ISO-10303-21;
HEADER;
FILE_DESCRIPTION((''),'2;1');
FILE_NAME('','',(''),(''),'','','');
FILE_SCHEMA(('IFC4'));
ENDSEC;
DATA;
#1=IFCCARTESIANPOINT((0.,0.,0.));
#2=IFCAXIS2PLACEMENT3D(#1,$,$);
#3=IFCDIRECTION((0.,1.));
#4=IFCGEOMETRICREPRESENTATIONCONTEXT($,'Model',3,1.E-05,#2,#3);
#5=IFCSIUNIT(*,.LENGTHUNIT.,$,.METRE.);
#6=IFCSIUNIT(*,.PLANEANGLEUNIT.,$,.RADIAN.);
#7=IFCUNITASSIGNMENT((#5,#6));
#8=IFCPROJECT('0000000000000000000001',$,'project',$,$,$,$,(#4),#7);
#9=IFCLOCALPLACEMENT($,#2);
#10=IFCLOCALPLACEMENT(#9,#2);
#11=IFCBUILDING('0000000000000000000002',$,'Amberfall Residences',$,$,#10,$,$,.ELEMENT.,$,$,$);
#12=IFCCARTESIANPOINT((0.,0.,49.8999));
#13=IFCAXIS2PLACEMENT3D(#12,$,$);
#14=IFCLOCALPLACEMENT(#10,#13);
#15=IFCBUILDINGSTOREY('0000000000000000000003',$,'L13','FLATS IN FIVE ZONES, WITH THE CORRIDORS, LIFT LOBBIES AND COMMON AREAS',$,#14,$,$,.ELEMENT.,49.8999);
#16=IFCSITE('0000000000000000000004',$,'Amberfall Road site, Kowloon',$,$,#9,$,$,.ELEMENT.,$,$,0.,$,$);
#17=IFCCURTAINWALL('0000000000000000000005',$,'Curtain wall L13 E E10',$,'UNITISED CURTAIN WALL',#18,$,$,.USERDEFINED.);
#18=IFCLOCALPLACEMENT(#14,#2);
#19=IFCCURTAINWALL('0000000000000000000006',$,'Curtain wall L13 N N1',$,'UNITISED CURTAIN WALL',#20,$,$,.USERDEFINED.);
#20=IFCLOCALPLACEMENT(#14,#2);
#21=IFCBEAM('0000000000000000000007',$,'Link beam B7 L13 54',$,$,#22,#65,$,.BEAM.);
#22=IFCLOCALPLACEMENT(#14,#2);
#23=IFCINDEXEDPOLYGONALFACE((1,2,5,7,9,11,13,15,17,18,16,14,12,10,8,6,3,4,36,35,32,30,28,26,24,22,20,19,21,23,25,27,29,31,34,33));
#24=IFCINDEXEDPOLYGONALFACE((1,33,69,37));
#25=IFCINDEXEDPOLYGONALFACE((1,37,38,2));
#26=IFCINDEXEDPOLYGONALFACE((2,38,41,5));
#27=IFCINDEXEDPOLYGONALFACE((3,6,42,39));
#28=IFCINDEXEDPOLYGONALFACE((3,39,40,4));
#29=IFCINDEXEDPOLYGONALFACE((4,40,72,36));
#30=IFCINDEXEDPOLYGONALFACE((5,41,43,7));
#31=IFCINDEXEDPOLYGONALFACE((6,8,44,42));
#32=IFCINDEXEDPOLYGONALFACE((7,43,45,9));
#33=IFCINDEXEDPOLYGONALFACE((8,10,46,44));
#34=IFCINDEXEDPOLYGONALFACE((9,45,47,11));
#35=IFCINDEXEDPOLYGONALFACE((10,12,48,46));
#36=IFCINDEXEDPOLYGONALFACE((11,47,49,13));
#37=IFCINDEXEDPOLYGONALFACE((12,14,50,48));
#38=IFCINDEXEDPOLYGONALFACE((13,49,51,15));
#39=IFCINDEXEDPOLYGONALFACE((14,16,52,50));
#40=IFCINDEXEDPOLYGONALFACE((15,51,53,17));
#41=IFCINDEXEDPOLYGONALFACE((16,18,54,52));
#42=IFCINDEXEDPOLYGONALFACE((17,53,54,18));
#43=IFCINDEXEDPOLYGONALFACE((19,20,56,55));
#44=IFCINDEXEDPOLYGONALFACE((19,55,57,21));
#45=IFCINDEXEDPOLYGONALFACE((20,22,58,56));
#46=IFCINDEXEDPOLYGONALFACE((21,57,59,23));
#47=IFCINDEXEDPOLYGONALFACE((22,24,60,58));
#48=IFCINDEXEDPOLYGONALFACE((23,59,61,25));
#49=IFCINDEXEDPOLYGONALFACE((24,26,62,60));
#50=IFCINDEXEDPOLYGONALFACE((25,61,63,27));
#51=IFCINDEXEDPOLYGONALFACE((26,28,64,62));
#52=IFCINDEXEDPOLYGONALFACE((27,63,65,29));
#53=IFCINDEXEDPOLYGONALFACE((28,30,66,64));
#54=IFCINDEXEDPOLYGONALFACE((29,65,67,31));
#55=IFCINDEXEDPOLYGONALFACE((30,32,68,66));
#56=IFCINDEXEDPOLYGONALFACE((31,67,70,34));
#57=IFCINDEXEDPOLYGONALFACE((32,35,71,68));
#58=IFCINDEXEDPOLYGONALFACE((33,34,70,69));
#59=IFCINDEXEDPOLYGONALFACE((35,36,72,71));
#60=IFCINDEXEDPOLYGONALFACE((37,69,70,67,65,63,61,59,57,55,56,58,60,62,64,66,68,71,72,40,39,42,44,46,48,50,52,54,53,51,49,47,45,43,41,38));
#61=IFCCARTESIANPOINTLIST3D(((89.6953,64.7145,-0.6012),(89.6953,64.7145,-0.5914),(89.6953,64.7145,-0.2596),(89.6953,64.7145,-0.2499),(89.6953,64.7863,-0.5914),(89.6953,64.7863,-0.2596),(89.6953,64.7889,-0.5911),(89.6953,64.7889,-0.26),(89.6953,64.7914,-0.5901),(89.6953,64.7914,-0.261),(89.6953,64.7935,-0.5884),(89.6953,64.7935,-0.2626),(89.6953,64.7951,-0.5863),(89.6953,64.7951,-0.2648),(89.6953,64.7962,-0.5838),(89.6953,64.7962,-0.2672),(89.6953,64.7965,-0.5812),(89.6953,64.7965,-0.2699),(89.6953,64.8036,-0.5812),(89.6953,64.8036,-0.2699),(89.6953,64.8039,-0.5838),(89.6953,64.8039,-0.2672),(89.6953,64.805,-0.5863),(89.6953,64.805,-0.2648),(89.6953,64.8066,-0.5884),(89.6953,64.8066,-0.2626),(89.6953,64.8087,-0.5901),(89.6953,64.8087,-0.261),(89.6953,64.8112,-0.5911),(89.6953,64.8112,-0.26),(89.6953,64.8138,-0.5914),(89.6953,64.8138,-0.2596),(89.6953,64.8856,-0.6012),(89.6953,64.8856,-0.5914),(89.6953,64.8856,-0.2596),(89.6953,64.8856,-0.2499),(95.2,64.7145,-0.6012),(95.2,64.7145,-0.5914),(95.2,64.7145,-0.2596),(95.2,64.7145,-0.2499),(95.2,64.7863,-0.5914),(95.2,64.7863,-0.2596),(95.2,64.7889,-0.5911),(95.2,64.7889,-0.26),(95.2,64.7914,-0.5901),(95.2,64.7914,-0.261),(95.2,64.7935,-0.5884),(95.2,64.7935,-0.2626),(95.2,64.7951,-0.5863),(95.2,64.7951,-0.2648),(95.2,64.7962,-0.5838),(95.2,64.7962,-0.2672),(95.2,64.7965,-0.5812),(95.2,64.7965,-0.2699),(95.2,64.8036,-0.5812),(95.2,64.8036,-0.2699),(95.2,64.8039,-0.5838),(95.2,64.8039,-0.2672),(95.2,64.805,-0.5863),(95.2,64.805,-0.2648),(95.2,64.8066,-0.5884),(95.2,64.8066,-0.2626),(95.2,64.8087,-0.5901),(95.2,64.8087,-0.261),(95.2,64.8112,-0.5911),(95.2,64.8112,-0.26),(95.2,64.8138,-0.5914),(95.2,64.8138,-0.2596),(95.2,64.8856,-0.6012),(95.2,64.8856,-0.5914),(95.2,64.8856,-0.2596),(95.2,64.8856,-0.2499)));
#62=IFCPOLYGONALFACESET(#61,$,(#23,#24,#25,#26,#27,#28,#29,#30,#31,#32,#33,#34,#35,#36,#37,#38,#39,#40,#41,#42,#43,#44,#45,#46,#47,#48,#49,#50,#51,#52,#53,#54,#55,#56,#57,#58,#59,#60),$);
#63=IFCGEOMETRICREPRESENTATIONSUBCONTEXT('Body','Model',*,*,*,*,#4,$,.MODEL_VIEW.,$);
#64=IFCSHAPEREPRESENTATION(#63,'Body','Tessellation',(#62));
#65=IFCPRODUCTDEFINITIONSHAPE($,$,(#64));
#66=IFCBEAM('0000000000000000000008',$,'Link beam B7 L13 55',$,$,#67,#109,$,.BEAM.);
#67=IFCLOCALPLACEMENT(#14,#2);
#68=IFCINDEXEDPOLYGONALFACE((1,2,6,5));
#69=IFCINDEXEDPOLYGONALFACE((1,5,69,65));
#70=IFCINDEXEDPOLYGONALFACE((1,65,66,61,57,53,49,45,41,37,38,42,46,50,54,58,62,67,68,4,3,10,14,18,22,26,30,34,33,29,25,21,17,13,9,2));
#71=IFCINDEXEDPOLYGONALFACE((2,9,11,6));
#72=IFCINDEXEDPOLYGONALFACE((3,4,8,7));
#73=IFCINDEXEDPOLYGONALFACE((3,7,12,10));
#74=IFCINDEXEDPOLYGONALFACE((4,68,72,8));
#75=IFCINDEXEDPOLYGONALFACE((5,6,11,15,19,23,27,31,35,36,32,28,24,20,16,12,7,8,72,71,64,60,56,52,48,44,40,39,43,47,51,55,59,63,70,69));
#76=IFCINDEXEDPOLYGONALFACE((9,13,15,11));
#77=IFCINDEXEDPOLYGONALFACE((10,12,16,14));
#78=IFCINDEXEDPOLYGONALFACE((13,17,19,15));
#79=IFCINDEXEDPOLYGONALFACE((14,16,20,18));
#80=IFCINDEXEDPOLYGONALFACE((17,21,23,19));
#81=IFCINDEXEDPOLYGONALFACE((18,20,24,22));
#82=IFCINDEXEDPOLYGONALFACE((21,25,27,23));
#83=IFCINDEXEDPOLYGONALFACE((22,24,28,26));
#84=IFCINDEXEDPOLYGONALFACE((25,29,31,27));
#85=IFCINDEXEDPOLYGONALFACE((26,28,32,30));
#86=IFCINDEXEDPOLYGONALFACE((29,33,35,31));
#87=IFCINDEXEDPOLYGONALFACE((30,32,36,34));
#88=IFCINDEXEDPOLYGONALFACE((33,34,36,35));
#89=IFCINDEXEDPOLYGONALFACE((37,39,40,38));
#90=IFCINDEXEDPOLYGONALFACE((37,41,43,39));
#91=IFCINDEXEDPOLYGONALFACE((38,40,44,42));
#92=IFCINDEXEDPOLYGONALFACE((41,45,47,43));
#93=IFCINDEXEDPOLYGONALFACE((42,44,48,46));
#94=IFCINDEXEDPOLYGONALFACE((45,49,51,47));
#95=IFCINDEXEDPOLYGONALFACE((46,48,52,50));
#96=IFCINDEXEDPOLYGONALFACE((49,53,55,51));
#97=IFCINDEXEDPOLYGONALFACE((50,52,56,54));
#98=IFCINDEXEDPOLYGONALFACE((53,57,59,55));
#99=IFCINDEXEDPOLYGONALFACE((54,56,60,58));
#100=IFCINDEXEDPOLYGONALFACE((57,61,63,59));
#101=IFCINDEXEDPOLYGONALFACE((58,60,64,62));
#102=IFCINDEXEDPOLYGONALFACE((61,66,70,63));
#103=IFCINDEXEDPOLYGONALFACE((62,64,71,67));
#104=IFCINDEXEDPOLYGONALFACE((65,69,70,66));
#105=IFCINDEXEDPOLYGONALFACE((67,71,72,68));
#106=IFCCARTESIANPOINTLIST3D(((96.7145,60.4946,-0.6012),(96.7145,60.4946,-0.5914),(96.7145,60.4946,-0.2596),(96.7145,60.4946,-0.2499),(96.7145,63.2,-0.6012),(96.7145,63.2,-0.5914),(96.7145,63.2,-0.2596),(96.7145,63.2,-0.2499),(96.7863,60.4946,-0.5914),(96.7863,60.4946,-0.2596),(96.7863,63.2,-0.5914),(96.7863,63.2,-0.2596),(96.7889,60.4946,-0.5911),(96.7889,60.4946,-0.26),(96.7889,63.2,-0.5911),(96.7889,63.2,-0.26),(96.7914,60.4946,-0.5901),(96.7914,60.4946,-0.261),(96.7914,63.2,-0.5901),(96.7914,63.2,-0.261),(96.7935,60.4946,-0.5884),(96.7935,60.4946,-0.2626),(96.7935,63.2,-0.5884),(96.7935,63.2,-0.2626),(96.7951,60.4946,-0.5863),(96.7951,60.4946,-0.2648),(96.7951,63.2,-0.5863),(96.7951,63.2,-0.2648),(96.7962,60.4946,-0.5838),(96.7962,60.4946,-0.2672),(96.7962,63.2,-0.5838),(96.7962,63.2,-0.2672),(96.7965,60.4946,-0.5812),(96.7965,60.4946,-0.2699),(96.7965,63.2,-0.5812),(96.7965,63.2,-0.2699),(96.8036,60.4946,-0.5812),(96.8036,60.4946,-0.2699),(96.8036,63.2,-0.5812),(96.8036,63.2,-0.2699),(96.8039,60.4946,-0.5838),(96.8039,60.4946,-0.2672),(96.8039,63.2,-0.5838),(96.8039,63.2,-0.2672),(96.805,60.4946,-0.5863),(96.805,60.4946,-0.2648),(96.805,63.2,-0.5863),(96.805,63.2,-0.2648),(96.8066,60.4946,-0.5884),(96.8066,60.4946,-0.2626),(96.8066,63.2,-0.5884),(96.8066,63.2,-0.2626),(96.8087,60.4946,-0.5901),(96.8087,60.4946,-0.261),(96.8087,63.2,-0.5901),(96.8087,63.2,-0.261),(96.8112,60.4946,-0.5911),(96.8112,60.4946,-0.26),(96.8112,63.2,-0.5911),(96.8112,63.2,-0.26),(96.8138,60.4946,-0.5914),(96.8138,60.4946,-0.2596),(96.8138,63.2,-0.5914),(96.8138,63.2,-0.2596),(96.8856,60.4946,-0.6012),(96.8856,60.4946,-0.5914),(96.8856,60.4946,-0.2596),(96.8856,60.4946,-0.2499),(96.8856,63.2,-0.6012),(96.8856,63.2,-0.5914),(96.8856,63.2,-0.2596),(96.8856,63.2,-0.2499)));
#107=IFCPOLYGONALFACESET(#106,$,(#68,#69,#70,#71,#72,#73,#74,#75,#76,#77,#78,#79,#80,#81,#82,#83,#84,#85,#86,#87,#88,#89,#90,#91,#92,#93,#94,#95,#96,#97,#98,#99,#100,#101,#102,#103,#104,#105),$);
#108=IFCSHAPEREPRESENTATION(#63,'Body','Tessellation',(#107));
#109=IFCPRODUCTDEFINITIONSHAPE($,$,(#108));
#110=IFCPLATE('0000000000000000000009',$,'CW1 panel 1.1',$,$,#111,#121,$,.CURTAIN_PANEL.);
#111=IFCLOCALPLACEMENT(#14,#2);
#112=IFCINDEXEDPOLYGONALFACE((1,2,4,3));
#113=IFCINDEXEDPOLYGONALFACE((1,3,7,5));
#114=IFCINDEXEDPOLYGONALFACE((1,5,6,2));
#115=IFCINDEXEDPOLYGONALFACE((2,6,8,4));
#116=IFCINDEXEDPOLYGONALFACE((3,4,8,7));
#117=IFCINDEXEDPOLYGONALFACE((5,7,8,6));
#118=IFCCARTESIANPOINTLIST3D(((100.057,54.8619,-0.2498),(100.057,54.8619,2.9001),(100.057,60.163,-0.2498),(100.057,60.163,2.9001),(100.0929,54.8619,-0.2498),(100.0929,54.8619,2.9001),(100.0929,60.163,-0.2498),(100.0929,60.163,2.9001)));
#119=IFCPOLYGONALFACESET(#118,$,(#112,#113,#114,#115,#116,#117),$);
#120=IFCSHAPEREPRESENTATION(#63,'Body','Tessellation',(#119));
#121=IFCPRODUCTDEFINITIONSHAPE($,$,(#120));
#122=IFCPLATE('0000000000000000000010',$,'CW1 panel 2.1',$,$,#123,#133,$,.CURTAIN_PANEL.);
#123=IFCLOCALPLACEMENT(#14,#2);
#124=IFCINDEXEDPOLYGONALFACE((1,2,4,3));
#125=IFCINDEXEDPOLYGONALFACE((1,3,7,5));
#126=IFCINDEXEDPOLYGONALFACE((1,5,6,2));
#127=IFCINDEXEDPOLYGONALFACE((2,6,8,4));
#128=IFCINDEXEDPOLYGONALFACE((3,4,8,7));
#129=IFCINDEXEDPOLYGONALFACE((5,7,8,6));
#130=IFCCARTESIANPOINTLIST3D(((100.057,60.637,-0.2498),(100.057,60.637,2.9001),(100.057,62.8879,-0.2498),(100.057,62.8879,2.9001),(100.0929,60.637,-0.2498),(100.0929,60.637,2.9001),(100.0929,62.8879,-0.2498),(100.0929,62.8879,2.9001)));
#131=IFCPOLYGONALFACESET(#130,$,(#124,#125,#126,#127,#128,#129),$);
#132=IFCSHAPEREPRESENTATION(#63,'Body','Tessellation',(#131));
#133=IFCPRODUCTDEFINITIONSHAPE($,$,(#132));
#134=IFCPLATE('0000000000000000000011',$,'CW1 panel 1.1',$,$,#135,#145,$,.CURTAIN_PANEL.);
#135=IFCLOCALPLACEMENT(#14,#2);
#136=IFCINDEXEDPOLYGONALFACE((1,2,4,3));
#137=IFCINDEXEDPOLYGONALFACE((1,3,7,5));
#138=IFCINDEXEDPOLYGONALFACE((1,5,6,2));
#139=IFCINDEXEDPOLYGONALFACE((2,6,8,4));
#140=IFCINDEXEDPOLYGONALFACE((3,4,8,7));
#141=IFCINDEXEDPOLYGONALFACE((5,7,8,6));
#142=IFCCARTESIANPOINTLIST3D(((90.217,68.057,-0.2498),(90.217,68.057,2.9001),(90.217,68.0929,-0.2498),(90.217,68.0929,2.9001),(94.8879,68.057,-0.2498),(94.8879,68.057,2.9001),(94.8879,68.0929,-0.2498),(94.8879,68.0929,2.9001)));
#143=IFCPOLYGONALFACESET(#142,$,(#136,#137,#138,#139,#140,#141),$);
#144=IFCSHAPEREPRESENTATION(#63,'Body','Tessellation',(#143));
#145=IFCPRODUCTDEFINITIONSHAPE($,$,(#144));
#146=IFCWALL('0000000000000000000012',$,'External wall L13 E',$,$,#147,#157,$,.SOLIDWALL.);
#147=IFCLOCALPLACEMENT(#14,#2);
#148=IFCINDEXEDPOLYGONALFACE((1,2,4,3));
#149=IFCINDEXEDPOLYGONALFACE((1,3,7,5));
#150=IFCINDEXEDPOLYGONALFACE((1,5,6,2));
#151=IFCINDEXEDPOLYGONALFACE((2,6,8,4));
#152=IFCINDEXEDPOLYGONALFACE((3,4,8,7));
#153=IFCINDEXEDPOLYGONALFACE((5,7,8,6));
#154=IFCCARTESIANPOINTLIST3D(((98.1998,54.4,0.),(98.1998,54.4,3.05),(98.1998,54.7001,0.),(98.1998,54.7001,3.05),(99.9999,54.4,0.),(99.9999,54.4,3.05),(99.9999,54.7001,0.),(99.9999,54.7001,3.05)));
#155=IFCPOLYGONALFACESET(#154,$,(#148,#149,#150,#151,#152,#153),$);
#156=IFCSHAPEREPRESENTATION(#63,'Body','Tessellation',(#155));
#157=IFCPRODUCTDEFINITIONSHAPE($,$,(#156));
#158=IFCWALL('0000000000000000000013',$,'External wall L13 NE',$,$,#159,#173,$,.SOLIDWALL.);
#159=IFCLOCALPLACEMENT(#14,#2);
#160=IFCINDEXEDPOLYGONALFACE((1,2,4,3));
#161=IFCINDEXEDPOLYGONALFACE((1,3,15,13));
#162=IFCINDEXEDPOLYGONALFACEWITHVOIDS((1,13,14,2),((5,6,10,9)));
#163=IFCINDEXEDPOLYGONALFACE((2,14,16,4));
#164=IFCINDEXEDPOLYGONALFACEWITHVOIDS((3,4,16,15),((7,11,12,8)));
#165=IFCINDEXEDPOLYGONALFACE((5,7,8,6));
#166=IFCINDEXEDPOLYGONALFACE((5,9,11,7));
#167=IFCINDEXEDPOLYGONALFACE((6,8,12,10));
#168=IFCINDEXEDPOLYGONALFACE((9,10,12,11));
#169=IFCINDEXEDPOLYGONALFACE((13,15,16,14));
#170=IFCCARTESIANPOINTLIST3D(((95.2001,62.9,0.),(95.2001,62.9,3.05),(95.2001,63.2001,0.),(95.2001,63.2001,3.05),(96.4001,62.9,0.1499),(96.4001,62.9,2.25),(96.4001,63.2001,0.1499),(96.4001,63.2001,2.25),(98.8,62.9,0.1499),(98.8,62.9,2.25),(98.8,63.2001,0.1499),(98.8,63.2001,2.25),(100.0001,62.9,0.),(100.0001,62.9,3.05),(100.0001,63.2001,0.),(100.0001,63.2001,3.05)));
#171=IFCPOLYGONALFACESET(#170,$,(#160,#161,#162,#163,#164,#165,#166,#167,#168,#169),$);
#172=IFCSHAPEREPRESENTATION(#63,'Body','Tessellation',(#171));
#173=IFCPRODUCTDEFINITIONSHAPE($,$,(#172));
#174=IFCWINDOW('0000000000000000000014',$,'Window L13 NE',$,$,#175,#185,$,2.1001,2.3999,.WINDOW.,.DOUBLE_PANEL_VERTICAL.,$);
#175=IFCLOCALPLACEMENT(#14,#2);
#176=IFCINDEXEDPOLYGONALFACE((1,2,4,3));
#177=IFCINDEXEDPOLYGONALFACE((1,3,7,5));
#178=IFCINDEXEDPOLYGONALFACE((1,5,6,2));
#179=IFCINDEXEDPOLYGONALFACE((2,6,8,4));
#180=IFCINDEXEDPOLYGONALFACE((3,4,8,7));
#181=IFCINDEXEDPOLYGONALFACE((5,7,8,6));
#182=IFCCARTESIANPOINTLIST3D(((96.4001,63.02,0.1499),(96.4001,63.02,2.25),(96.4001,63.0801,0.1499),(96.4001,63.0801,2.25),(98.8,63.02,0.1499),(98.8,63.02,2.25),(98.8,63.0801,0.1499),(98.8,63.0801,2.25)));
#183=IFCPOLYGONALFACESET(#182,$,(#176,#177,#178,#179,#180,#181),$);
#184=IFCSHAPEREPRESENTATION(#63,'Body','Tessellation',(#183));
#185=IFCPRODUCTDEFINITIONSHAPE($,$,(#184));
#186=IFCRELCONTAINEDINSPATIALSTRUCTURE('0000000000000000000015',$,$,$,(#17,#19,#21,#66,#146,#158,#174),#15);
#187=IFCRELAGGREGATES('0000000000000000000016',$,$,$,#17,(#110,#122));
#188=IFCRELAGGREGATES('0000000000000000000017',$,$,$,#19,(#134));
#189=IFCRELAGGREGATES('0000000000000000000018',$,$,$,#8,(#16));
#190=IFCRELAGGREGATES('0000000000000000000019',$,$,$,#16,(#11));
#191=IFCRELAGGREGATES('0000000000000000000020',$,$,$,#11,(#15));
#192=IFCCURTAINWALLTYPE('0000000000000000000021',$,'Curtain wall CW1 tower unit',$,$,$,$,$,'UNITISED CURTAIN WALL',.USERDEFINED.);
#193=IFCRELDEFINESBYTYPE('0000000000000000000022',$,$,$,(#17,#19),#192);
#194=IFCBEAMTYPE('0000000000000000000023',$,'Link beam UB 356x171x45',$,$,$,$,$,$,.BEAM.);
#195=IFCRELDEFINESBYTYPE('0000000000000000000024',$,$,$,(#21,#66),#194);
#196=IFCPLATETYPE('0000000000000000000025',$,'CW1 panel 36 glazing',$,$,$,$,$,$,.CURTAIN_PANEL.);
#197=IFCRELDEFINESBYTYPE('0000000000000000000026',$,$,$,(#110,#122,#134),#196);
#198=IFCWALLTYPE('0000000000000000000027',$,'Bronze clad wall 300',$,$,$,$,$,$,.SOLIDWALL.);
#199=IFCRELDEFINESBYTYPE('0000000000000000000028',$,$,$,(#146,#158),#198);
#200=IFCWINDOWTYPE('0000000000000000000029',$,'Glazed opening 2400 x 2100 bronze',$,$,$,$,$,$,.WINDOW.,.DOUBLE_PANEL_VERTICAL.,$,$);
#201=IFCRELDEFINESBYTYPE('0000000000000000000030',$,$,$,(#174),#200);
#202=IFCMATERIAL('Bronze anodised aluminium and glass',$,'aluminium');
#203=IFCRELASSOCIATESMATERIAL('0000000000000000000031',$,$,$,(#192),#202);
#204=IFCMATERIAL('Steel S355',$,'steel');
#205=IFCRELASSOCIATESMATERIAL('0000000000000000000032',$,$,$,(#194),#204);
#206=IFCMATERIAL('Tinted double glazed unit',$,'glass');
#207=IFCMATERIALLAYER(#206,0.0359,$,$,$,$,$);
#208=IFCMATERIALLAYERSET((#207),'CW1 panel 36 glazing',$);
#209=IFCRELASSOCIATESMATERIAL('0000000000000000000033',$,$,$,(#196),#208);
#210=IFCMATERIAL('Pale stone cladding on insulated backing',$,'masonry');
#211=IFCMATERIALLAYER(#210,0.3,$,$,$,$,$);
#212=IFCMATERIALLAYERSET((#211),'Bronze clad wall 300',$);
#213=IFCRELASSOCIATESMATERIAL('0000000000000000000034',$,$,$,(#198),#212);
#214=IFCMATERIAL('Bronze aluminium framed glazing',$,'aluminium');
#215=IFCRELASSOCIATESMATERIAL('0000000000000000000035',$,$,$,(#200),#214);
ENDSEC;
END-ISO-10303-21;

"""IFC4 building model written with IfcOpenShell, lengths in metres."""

from ifc_helpers import new_model, si_unit, direction, frame, frame_2d, origin, origin_2d, place, context, subcontext, project, spatial, rectangle, i_section, extrude, material, layer, layer_set, material_profile, profile_set, type_object, element, fill, aggregate, save


model = new_model("IFC4")

# Units and contexts
model_context = context("Model", 3, precision=1e-05, world=origin(), true_north=direction((0.0, 1.0)))
body_context = subcontext(model_context, "Body", "Model", "MODEL_VIEW")
ifc_project = project(units=[si_unit("LENGTHUNIT", "METRE"), si_unit("PLANEANGLEUNIT", "RADIAN")], contexts=[model_context])

# Site, building, storey
site_placement = place(None, origin())
site = spatial("IfcSite", under=ifc_project, at=site_placement, Name="Amberfall Road site, Kowloon", CompositionType="ELEMENT", RefElevation=0.0)
building_placement = place(site_placement, origin())
building = spatial("IfcBuilding", under=site, at=building_placement, Name="Amberfall Residences", CompositionType="ELEMENT")
storey_placement = place(building_placement, frame((0.0, 0.0, 49.8999)))
storey = spatial("IfcBuildingStorey", under=building, at=storey_placement, Name="L13", Description="FLATS IN FIVE ZONES, WITH THE CORRIDORS, LIFT LOBBIES AND COMMON AREAS", CompositionType="ELEMENT", Elevation=49.8999)

# Curtain wall
ifc_material_1 = material(Name="Bronze anodised aluminium and glass", Category="aluminium")
curtain_wall_type = type_object("IfcCurtainWallType", Name="Curtain wall CW1 tower unit", ElementType="UNITISED CURTAIN WALL", PredefinedType="USERDEFINED", material=ifc_material_1)
curtain_wall_1_placement = place(storey_placement, origin())
curtain_wall_1 = element("IfcCurtainWall", 1, at=curtain_wall_1_placement, inside=storey, type_object=curtain_wall_type, Name="Curtain wall L13 E E10", ObjectType="UNITISED CURTAIN WALL", PredefinedType="USERDEFINED")

# Curtain wall
curtain_wall_2_placement = place(storey_placement, origin())
curtain_wall_2 = element("IfcCurtainWall", 2, at=curtain_wall_2_placement, inside=storey, type_object=curtain_wall_type, Name="Curtain wall L13 N N1", ObjectType="UNITISED CURTAIN WALL", PredefinedType="USERDEFINED")

# Beams
ifc_material_2 = material(Name="Steel S355", Category="steel")
ifc_material_profile_1 = material_profile(ifc_material_2, i_section(OverallWidth=0.1711, OverallDepth=0.3513, WebThickness=0.0071, FlangeThickness=0.0098, FilletRadius=0.0103, at=origin_2d()), Name="UB 356x171x45")
ifc_profile_set_1 = profile_set([ifc_material_profile_1], Name="Steel S355")
beam_type_1 = type_object("IfcBeamType", Name="Link beam UB 356x171x45", PredefinedType="BEAM", material=ifc_profile_set_1)
beam_1_placement = place(storey_placement, frame((95.2, 64.8, -0.4255), z_axis=(-1.0, 0.0, 0.0), x_axis=(0.0, -1.0, 0.0)))
element("IfcBeam", 3, at=beam_1_placement, inside=storey, type_object=beam_type_1, Name="Link beam B7 L13 54", PredefinedType="BEAM", context=body_context, shape_type="SweptSolid", body=[
    extrude(i_section(OverallWidth=0.1711, OverallDepth=0.3513, WebThickness=0.0071, FlangeThickness=0.0098, FilletRadius=0.0103, at=origin_2d()), origin(), (0.0, 0.0, 1.0), 5.5046),
])
beam_2_placement = place(storey_placement, frame((96.8, 63.2, -0.4255), z_axis=(0.0, -1.0, 0.0), x_axis=(1.0, 0.0, 0.0)))
element("IfcBeam", 4, at=beam_2_placement, inside=storey, type_object=beam_type_1, Name="Link beam B7 L13 55", PredefinedType="BEAM", context=body_context, shape_type="SweptSolid", body=[
    extrude(i_section(OverallWidth=0.1711, OverallDepth=0.3513, WebThickness=0.0071, FlangeThickness=0.0098, FilletRadius=0.0103, at=origin_2d()), origin(), (0.0, 0.0, 1.0), 2.7053),
])

# Plates
ifc_material_3 = material(Name="Tinted double glazed unit", Category="glass")
ifc_layer_1 = layer(ifc_material_3, 0.0359)
ifc_layer_set_1 = layer_set([ifc_layer_1], Name="CW1 panel 36 glazing")
plate_type = type_object("IfcPlateType", Name="CW1 panel 36 glazing", PredefinedType="CURTAIN_PANEL", material=ifc_layer_set_1)
plate_1_placement = place(storey_placement, frame((100.075, 57.5125, -0.2498), z_axis=(0.0, 0.0, 1.0), x_axis=(0.0, 1.0, 0.0)))
plate_1 = element("IfcPlate", 5, at=plate_1_placement, type_object=plate_type, Name="CW1 panel 1.1", PredefinedType="CURTAIN_PANEL", context=body_context, shape_type="SweptSolid", body=[
    extrude(rectangle(XDim=5.301, YDim=0.0359, at=origin_2d()), origin(), (0.0, 0.0, 1.0), 3.1499),
])
plate_2_placement = place(storey_placement, frame((100.075, 61.7625, -0.2498), z_axis=(0.0, 0.0, 1.0), x_axis=(0.0, 1.0, 0.0)))
plate_2 = element("IfcPlate", 6, at=plate_2_placement, type_object=plate_type, Name="CW1 panel 2.1", PredefinedType="CURTAIN_PANEL", context=body_context, shape_type="SweptSolid", body=[
    extrude(rectangle(XDim=2.251, YDim=0.0359, at=origin_2d()), origin(), (0.0, 0.0, 1.0), 3.1499),
])
aggregate(curtain_wall_1, [plate_1, plate_2])
plate_3_placement = place(storey_placement, frame((92.5525, 68.075, -0.2498), z_axis=(0.0, 0.0, 1.0), x_axis=(-1.0, 0.0, 0.0)))
plate_3 = element("IfcPlate", 7, at=plate_3_placement, type_object=plate_type, Name="CW1 panel 1.1", PredefinedType="CURTAIN_PANEL", context=body_context, shape_type="SweptSolid", body=[
    extrude(rectangle(XDim=4.6709, YDim=0.0359, at=origin_2d()), origin(), (0.0, 0.0, 1.0), 3.1499),
])
aggregate(curtain_wall_2, [plate_3])

# Wall
ifc_material_4 = material(Name="Pale stone cladding on insulated backing", Category="masonry")
ifc_layer_2 = layer(ifc_material_4, 0.3)
ifc_layer_set_2 = layer_set([ifc_layer_2], Name="Bronze clad wall 300")
wall_type_1 = type_object("IfcWallType", Name="Bronze clad wall 300", PredefinedType="SOLIDWALL", material=ifc_layer_set_2)
wall_1_placement = place(storey_placement, frame((98.2, 54.55, 0.0), z_axis=(0.0, 0.0, 1.0), x_axis=(1.0, 0.0, 0.0)))
element("IfcWall", 8, at=wall_1_placement, inside=storey, type_object=wall_type_1, Name="External wall L13 E", PredefinedType="SOLIDWALL", context=body_context, shape_type="SweptSolid", body=[
    extrude(rectangle(XDim=1.8, YDim=0.3, at=frame_2d((0.8999, 0.0))), origin(), (0.0, 0.0, 1.0), 3.05),
])

# Wall, opening, window
wall_2_placement = place(storey_placement, frame((100.0, 63.05, 0.0), z_axis=(0.0, 0.0, 1.0), x_axis=(-1.0, 0.0, 0.0)))
wall_2 = element("IfcWall", 9, at=wall_2_placement, inside=storey, type_object=wall_type_1, Name="External wall L13 NE", PredefinedType="SOLIDWALL", context=body_context, shape_type="SweptSolid", body=[
    extrude(rectangle(XDim=4.8, YDim=0.3, at=frame_2d((2.3999, 0.0))), origin(), (0.0, 0.0, 1.0), 3.05),
])
opening_1_placement = place(wall_2_placement, frame((1.2, 0.0, 0.1499)))
opening_1 = element("IfcOpeningElement", 10, at=opening_1_placement, cuts=wall_2, PredefinedType="OPENING", context=body_context, shape_type="SweptSolid", body=[
    extrude(rectangle(XDim=2.3999, YDim=2.1001, at=frame_2d((1.2, 1.05))), frame((0.0, 0.1599, 0.0), z_axis=(0.0, -1.0, 0.0), x_axis=(1.0, 0.0, 0.0)), (0.0, 0.0, 1.0), 0.3201),
])
ifc_material_5 = material(Name="Bronze aluminium framed glazing", Category="aluminium")
window_type = type_object("IfcWindowType", Name="Glazed opening 2400 x 2100 bronze", PartitioningType="DOUBLE_PANEL_VERTICAL", PredefinedType="WINDOW", material=ifc_material_5)
window_placement = place(opening_1_placement, origin())
window = element("IfcWindow", 11, at=window_placement, inside=storey, type_object=window_type, Name="Window L13 NE", OverallHeight=2.1001, OverallWidth=2.3999, PartitioningType="DOUBLE_PANEL_VERTICAL", PredefinedType="WINDOW", context=body_context, shape_type="SweptSolid", body=[
    extrude(rectangle(XDim=2.3999, YDim=2.1001, at=frame_2d((1.2, 1.05))), frame((0.0, 0.03, 0.0), z_axis=(0.0, -1.0, 0.0), x_axis=(1.0, 0.0, 0.0)), (0.0, 0.0, 1.0), 0.0601),
])
fill(opening_1, window)

save(model, "model.ifc")
